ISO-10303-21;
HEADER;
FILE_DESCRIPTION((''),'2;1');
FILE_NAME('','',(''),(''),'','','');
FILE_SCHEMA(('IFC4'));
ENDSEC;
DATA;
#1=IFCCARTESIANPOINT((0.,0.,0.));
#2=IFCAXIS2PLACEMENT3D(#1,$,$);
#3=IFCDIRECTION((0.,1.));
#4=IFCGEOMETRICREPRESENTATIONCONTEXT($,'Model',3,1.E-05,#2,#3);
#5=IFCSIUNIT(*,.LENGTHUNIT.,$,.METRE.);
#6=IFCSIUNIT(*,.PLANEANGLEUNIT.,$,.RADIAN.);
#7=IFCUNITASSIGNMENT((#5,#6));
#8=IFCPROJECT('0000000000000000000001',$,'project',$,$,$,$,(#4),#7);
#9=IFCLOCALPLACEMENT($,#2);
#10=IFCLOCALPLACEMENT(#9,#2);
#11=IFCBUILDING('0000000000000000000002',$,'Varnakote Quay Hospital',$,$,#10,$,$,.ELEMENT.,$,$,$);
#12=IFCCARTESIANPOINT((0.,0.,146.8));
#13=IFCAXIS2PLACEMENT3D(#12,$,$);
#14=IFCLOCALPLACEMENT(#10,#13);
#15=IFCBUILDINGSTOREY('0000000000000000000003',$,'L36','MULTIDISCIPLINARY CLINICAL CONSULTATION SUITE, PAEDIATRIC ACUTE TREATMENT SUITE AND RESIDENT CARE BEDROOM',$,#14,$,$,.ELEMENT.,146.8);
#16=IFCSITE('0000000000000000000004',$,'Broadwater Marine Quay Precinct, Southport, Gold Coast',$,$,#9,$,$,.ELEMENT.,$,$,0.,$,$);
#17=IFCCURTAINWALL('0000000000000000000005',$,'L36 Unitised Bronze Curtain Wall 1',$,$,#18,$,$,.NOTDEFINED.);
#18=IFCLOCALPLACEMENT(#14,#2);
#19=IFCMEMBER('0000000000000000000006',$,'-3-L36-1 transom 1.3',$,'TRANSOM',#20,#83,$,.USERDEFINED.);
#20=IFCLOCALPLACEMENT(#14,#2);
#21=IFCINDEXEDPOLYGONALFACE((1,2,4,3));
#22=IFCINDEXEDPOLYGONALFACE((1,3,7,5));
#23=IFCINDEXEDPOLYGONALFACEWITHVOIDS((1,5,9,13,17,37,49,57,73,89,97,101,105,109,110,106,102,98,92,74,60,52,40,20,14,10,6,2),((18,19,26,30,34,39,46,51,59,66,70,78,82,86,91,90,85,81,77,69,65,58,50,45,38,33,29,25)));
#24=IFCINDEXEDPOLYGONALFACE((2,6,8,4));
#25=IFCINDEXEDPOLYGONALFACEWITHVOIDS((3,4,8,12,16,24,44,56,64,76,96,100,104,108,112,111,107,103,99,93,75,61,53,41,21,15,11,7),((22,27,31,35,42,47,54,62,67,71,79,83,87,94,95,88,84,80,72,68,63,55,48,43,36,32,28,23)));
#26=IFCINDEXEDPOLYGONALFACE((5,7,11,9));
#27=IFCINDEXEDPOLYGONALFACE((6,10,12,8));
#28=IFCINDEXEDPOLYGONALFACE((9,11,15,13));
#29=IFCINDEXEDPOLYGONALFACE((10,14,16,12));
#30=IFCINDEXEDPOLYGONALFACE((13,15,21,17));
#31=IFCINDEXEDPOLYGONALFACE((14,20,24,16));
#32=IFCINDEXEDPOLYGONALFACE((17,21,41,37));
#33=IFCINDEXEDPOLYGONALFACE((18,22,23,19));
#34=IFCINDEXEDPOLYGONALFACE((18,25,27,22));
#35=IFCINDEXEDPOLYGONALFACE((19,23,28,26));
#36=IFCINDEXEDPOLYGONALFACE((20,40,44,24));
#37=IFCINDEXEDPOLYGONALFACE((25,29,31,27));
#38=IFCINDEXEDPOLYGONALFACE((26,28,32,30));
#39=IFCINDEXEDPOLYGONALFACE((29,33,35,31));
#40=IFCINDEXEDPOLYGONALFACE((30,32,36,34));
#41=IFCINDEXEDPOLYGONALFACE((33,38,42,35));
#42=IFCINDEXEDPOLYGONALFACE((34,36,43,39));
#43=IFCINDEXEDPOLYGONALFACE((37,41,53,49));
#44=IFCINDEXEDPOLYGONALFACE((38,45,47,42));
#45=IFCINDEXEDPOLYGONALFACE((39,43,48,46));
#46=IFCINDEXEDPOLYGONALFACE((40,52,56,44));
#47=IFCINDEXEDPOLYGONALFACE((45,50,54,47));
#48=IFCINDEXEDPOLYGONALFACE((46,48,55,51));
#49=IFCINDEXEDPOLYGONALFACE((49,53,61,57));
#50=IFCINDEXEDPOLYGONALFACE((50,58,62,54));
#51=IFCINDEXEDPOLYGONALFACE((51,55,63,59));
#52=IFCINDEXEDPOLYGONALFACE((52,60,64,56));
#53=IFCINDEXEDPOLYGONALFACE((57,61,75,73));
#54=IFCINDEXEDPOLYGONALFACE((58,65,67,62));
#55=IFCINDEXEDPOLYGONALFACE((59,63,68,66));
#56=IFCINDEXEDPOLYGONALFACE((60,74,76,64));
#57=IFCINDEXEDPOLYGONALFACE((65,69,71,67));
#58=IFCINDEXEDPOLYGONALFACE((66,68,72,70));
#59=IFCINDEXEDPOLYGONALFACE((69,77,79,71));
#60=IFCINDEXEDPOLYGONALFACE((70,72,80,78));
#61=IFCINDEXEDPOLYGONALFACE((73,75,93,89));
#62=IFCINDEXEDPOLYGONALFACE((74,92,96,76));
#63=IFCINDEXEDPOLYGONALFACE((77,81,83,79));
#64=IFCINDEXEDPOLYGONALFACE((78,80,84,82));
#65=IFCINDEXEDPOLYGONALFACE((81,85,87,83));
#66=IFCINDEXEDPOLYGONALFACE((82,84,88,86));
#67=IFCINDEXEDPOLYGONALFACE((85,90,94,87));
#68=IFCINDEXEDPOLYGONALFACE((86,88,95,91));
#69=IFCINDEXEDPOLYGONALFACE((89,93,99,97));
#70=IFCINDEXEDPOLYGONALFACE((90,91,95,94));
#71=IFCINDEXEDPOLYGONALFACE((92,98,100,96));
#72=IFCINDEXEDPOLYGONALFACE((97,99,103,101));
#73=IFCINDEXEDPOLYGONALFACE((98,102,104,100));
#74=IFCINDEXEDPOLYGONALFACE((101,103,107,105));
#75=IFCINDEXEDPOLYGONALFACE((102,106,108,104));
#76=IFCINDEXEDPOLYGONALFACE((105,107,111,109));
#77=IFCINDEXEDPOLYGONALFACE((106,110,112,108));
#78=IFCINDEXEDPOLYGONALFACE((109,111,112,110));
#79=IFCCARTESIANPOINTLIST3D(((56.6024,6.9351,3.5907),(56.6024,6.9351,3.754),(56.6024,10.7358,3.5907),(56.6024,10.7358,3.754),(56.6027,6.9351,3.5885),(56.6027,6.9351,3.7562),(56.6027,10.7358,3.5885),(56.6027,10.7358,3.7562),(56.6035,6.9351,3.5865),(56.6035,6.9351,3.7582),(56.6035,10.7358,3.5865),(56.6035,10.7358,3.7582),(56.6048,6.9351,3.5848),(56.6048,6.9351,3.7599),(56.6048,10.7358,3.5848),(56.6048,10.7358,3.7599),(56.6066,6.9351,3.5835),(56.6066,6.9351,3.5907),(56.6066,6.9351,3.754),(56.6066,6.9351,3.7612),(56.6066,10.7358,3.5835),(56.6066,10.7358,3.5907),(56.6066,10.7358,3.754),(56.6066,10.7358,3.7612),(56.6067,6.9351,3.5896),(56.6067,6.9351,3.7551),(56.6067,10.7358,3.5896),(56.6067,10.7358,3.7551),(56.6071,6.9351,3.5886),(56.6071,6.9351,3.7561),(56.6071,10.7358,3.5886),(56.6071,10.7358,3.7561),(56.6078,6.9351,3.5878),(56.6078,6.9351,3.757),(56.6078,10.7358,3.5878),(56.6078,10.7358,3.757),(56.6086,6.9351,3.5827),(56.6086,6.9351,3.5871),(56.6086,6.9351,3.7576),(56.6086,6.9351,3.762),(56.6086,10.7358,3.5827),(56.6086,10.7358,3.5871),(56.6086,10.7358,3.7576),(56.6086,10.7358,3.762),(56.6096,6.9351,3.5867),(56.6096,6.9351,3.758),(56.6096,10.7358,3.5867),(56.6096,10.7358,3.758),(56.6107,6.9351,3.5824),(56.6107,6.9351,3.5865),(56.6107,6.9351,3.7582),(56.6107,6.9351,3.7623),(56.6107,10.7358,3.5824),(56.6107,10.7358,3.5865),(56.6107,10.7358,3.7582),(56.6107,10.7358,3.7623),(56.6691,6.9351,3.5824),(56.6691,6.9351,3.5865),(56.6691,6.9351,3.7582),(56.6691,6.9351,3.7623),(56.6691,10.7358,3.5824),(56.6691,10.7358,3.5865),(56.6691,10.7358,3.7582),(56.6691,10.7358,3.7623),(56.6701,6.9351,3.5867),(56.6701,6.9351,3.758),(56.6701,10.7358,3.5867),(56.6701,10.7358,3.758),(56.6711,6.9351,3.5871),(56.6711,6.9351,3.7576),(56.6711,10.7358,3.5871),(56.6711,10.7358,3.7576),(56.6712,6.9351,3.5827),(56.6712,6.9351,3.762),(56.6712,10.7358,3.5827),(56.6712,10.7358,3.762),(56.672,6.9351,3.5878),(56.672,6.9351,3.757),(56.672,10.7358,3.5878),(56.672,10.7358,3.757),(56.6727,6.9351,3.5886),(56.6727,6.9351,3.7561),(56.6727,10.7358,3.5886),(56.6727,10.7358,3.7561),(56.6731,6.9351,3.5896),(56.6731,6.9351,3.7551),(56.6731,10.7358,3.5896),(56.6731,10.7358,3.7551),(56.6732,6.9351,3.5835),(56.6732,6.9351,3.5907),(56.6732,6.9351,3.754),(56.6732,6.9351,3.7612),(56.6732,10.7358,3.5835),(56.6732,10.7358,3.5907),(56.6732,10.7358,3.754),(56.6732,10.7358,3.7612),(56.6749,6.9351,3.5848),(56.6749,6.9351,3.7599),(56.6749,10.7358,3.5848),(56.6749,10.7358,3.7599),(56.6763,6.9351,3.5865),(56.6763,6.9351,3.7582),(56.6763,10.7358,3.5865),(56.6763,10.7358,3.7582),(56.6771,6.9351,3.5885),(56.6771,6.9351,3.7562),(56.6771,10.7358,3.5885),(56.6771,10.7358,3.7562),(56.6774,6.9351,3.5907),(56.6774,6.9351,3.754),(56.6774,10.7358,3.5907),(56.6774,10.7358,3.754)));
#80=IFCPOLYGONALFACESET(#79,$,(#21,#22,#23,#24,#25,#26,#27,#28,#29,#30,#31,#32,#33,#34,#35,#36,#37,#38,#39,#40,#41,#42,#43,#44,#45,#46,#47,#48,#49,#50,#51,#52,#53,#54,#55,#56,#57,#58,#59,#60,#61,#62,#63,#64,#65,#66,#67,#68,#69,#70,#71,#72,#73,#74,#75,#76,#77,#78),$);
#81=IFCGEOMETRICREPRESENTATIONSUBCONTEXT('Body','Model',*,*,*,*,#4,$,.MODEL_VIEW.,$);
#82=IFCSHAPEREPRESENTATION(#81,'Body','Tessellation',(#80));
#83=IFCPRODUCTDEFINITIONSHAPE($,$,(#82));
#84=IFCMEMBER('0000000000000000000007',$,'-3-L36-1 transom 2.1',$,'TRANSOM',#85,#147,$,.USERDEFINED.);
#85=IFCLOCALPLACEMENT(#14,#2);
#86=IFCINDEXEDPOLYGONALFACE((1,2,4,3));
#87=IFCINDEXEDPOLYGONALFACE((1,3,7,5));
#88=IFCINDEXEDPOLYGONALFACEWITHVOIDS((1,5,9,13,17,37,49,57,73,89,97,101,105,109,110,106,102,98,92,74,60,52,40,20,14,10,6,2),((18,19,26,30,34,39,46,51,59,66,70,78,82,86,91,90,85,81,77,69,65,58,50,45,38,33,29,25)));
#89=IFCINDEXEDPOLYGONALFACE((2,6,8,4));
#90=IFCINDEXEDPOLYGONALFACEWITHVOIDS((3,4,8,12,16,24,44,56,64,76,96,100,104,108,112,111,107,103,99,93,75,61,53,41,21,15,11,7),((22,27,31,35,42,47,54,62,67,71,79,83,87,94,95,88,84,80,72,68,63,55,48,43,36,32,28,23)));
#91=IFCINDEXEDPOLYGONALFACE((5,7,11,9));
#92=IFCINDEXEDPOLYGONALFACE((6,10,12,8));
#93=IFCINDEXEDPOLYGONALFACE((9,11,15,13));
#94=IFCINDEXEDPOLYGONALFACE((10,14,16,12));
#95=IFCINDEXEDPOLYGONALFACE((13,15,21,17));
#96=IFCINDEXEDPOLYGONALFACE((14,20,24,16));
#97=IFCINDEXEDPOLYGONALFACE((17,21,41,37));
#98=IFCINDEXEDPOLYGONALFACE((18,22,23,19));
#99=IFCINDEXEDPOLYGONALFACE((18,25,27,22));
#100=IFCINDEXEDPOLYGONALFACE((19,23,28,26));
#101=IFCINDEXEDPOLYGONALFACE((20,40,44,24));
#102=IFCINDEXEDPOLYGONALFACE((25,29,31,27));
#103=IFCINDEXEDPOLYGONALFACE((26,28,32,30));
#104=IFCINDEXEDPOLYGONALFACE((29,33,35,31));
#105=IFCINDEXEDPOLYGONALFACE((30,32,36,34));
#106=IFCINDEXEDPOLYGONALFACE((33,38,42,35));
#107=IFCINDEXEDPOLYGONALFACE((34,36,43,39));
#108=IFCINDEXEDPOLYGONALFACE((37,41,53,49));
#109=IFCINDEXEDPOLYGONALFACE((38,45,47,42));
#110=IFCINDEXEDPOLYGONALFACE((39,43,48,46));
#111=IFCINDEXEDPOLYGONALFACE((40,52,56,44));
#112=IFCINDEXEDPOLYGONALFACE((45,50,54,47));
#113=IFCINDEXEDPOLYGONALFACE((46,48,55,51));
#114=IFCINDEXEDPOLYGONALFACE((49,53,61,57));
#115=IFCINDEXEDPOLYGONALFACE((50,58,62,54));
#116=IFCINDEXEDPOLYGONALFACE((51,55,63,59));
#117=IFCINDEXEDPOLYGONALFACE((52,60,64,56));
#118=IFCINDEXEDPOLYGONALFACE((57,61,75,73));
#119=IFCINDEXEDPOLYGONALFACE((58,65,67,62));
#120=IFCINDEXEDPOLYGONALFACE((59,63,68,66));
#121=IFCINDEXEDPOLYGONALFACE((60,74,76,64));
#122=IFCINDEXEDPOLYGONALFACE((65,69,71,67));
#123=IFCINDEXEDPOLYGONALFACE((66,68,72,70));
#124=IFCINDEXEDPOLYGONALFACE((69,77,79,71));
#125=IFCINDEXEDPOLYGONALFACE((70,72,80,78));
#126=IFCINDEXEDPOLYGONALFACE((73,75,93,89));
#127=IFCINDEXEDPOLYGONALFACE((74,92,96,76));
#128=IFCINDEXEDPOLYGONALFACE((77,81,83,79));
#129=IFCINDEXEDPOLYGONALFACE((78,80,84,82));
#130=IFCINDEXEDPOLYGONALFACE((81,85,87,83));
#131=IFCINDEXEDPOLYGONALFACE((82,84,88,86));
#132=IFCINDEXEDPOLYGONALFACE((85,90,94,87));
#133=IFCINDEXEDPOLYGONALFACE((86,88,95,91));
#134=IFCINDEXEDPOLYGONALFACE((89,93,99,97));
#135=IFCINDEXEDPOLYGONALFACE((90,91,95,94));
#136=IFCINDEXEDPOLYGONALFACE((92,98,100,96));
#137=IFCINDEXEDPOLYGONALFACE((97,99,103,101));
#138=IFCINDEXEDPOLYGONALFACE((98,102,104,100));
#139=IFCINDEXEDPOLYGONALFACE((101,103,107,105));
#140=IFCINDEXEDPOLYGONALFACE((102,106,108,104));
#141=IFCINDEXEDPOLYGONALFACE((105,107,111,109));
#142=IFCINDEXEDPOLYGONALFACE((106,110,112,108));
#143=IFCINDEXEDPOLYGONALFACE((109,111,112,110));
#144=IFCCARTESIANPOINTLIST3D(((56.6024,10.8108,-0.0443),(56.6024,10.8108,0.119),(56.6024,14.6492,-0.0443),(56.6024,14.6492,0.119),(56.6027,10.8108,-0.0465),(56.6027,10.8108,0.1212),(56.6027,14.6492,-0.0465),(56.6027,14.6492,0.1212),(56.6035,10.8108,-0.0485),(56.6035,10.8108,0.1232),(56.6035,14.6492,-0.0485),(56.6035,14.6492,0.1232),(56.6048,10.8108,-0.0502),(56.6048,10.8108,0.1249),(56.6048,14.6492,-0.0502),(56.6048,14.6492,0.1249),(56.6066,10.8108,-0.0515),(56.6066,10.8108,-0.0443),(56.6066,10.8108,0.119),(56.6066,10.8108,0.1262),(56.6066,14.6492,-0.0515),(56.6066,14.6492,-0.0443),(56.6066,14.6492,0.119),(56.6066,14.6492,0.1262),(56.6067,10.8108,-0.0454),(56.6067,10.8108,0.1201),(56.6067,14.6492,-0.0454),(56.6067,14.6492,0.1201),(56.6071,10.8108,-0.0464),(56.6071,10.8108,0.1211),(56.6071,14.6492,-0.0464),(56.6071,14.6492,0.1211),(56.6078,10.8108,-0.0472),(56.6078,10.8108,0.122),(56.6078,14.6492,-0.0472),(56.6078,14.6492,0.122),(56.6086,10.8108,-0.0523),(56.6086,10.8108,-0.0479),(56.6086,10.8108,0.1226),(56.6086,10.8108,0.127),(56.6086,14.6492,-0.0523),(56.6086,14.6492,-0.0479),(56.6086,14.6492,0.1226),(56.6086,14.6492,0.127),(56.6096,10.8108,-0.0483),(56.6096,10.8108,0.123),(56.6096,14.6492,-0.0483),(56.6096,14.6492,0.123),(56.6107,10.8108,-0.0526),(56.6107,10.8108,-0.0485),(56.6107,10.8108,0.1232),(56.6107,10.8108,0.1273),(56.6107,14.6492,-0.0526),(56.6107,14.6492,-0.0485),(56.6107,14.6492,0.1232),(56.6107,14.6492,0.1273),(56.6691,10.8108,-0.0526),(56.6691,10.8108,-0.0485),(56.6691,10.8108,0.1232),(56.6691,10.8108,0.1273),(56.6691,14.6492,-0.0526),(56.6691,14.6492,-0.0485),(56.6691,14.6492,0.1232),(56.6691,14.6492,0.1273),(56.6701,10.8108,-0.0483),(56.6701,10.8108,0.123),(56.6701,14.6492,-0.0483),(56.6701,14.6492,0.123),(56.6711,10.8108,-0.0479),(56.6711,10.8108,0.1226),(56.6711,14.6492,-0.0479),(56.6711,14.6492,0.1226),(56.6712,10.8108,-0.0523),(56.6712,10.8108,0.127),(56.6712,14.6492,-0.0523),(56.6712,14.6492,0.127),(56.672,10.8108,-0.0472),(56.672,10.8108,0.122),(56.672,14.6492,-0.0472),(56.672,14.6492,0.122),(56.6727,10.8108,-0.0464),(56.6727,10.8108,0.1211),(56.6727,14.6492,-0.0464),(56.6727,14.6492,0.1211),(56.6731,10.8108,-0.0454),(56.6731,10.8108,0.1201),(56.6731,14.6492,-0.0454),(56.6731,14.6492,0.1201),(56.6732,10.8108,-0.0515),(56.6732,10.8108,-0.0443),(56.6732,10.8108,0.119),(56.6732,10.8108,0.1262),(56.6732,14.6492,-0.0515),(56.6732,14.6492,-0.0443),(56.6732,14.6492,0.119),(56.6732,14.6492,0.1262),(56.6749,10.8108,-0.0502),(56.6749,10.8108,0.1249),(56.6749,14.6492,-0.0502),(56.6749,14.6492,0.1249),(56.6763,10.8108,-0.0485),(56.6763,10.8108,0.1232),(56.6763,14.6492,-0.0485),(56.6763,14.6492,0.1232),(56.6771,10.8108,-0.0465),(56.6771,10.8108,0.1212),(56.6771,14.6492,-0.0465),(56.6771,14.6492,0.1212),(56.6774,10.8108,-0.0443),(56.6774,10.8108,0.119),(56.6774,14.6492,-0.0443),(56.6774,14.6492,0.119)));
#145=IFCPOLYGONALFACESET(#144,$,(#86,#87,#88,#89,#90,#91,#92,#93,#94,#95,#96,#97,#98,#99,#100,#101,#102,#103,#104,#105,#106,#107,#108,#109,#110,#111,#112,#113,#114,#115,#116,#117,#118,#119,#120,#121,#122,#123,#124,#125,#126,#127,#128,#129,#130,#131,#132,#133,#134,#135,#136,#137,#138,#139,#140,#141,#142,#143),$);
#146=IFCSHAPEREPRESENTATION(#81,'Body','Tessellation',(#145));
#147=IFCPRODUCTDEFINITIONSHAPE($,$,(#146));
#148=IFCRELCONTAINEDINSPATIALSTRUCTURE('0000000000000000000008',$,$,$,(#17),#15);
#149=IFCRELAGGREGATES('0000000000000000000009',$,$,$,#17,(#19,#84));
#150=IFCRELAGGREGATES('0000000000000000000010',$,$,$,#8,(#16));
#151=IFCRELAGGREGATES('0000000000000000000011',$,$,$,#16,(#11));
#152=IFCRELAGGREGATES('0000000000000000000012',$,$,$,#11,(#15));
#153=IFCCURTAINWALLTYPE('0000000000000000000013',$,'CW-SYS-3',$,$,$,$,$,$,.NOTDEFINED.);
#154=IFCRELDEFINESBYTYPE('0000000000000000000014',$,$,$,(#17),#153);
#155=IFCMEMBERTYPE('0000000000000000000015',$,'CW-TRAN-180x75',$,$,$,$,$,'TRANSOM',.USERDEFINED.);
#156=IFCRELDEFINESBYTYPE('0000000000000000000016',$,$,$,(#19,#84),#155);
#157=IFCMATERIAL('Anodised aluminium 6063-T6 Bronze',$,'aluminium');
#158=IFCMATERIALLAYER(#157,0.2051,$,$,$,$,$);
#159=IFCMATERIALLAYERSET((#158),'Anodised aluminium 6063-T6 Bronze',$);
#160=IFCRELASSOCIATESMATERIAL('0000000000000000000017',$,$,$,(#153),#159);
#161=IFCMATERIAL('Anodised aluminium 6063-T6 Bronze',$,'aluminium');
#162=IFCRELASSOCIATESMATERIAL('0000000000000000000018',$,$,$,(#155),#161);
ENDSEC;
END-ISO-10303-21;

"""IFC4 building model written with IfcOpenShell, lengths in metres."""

from ifc_helpers import new_model, si_unit, direction, frame, origin, origin_2d, place, context, subcontext, project, spatial, hollow_rectangle, extrude, material, layer, layer_set, material_profile, profile_set, type_object, element, aggregate, save


model = new_model("IFC4")

# Units and contexts
model_context = context("Model", 3, precision=1e-05, world=origin(), true_north=direction((0.0, 1.0)))
body_context = subcontext(model_context, "Body", "Model", "MODEL_VIEW")
ifc_project = project(units=[si_unit("LENGTHUNIT", "METRE"), si_unit("PLANEANGLEUNIT", "RADIAN")], contexts=[model_context])

# Site, building, storey
site_placement = place(None, origin())
site = spatial("IfcSite", under=ifc_project, at=site_placement, Name="Broadwater Marine Quay Precinct, Southport, Gold Coast", CompositionType="ELEMENT", RefElevation=0.0)
building_placement = place(site_placement, origin())
building = spatial("IfcBuilding", under=site, at=building_placement, Name="Varnakote Quay Hospital", CompositionType="ELEMENT")
storey_placement = place(building_placement, frame((0.0, 0.0, 146.8)))
storey = spatial("IfcBuildingStorey", under=building, at=storey_placement, Name="L36", Description="MULTIDISCIPLINARY CLINICAL CONSULTATION SUITE, PAEDIATRIC ACUTE TREATMENT SUITE AND RESIDENT CARE BEDROOM", CompositionType="ELEMENT", Elevation=146.8)

# Curtain wall, members
ifc_material_1 = material(Name="Anodised aluminium 6063-T6 Bronze", Category="aluminium")
ifc_layer_1 = layer(ifc_material_1, 0.2051)
ifc_layer_set_1 = layer_set([ifc_layer_1], Name="Anodised aluminium 6063-T6 Bronze")
curtain_wall_type = type_object("IfcCurtainWallType", Name="CW-SYS-3", PredefinedType="NOTDEFINED", material=ifc_layer_set_1)
curtain_wall_placement = place(storey_placement, origin())
curtain_wall = element("IfcCurtainWall", 1, at=curtain_wall_placement, inside=storey, type_object=curtain_wall_type, Name="L36 Unitised Bronze Curtain Wall 1", PredefinedType="NOTDEFINED")
ifc_material_2 = material(Name="Anodised aluminium 6063-T6 Bronze", Category="aluminium")
ifc_material_profile_1 = material_profile(ifc_material_2, hollow_rectangle(XDim=0.075, YDim=0.1799, WallThickness=0.0042, InnerFilletRadius=0.0042, OuterFilletRadius=0.0083, at=origin_2d()), Name="CW-TRAN-180x75")
ifc_profile_set_1 = profile_set([ifc_material_profile_1], Name="Anodised aluminium 6063-T6 Bronze")
member_type_1 = type_object("IfcMemberType", Name="CW-TRAN-180x75", ElementType="TRANSOM", PredefinedType="USERDEFINED", material=ifc_profile_set_1)
member_1_placement = place(storey_placement, frame((56.6399, 6.9351, 3.6724), z_axis=(0.0, 1.0, 0.0), x_axis=(-1.0, 0.0, 0.0)))
member_1 = element("IfcMember", 2, at=member_1_placement, type_object=member_type_1, Name="-3-L36-1 transom 1.3", ObjectType="TRANSOM", PredefinedType="USERDEFINED", context=body_context, shape_type="SweptSolid", body=[
    extrude(hollow_rectangle(XDim=0.075, YDim=0.1799, WallThickness=0.0042, InnerFilletRadius=0.0042, OuterFilletRadius=0.0083, at=origin_2d()), origin(), (0.0, 0.0, 1.0), 3.8008),
])
member_2_placement = place(storey_placement, frame((56.6399, 10.8108, 0.0374), z_axis=(0.0, 1.0, 0.0), x_axis=(-1.0, 0.0, 0.0)))
member_2 = element("IfcMember", 3, at=member_2_placement, type_object=member_type_1, Name="-3-L36-1 transom 2.1", ObjectType="TRANSOM", PredefinedType="USERDEFINED", context=body_context, shape_type="SweptSolid", body=[
    extrude(hollow_rectangle(XDim=0.075, YDim=0.1799, WallThickness=0.0042, InnerFilletRadius=0.0042, OuterFilletRadius=0.0083, at=origin_2d()), origin(), (0.0, 0.0, 1.0), 3.8384),
])
aggregate(curtain_wall, [member_1, member_2])

save(model, "model.ifc")
